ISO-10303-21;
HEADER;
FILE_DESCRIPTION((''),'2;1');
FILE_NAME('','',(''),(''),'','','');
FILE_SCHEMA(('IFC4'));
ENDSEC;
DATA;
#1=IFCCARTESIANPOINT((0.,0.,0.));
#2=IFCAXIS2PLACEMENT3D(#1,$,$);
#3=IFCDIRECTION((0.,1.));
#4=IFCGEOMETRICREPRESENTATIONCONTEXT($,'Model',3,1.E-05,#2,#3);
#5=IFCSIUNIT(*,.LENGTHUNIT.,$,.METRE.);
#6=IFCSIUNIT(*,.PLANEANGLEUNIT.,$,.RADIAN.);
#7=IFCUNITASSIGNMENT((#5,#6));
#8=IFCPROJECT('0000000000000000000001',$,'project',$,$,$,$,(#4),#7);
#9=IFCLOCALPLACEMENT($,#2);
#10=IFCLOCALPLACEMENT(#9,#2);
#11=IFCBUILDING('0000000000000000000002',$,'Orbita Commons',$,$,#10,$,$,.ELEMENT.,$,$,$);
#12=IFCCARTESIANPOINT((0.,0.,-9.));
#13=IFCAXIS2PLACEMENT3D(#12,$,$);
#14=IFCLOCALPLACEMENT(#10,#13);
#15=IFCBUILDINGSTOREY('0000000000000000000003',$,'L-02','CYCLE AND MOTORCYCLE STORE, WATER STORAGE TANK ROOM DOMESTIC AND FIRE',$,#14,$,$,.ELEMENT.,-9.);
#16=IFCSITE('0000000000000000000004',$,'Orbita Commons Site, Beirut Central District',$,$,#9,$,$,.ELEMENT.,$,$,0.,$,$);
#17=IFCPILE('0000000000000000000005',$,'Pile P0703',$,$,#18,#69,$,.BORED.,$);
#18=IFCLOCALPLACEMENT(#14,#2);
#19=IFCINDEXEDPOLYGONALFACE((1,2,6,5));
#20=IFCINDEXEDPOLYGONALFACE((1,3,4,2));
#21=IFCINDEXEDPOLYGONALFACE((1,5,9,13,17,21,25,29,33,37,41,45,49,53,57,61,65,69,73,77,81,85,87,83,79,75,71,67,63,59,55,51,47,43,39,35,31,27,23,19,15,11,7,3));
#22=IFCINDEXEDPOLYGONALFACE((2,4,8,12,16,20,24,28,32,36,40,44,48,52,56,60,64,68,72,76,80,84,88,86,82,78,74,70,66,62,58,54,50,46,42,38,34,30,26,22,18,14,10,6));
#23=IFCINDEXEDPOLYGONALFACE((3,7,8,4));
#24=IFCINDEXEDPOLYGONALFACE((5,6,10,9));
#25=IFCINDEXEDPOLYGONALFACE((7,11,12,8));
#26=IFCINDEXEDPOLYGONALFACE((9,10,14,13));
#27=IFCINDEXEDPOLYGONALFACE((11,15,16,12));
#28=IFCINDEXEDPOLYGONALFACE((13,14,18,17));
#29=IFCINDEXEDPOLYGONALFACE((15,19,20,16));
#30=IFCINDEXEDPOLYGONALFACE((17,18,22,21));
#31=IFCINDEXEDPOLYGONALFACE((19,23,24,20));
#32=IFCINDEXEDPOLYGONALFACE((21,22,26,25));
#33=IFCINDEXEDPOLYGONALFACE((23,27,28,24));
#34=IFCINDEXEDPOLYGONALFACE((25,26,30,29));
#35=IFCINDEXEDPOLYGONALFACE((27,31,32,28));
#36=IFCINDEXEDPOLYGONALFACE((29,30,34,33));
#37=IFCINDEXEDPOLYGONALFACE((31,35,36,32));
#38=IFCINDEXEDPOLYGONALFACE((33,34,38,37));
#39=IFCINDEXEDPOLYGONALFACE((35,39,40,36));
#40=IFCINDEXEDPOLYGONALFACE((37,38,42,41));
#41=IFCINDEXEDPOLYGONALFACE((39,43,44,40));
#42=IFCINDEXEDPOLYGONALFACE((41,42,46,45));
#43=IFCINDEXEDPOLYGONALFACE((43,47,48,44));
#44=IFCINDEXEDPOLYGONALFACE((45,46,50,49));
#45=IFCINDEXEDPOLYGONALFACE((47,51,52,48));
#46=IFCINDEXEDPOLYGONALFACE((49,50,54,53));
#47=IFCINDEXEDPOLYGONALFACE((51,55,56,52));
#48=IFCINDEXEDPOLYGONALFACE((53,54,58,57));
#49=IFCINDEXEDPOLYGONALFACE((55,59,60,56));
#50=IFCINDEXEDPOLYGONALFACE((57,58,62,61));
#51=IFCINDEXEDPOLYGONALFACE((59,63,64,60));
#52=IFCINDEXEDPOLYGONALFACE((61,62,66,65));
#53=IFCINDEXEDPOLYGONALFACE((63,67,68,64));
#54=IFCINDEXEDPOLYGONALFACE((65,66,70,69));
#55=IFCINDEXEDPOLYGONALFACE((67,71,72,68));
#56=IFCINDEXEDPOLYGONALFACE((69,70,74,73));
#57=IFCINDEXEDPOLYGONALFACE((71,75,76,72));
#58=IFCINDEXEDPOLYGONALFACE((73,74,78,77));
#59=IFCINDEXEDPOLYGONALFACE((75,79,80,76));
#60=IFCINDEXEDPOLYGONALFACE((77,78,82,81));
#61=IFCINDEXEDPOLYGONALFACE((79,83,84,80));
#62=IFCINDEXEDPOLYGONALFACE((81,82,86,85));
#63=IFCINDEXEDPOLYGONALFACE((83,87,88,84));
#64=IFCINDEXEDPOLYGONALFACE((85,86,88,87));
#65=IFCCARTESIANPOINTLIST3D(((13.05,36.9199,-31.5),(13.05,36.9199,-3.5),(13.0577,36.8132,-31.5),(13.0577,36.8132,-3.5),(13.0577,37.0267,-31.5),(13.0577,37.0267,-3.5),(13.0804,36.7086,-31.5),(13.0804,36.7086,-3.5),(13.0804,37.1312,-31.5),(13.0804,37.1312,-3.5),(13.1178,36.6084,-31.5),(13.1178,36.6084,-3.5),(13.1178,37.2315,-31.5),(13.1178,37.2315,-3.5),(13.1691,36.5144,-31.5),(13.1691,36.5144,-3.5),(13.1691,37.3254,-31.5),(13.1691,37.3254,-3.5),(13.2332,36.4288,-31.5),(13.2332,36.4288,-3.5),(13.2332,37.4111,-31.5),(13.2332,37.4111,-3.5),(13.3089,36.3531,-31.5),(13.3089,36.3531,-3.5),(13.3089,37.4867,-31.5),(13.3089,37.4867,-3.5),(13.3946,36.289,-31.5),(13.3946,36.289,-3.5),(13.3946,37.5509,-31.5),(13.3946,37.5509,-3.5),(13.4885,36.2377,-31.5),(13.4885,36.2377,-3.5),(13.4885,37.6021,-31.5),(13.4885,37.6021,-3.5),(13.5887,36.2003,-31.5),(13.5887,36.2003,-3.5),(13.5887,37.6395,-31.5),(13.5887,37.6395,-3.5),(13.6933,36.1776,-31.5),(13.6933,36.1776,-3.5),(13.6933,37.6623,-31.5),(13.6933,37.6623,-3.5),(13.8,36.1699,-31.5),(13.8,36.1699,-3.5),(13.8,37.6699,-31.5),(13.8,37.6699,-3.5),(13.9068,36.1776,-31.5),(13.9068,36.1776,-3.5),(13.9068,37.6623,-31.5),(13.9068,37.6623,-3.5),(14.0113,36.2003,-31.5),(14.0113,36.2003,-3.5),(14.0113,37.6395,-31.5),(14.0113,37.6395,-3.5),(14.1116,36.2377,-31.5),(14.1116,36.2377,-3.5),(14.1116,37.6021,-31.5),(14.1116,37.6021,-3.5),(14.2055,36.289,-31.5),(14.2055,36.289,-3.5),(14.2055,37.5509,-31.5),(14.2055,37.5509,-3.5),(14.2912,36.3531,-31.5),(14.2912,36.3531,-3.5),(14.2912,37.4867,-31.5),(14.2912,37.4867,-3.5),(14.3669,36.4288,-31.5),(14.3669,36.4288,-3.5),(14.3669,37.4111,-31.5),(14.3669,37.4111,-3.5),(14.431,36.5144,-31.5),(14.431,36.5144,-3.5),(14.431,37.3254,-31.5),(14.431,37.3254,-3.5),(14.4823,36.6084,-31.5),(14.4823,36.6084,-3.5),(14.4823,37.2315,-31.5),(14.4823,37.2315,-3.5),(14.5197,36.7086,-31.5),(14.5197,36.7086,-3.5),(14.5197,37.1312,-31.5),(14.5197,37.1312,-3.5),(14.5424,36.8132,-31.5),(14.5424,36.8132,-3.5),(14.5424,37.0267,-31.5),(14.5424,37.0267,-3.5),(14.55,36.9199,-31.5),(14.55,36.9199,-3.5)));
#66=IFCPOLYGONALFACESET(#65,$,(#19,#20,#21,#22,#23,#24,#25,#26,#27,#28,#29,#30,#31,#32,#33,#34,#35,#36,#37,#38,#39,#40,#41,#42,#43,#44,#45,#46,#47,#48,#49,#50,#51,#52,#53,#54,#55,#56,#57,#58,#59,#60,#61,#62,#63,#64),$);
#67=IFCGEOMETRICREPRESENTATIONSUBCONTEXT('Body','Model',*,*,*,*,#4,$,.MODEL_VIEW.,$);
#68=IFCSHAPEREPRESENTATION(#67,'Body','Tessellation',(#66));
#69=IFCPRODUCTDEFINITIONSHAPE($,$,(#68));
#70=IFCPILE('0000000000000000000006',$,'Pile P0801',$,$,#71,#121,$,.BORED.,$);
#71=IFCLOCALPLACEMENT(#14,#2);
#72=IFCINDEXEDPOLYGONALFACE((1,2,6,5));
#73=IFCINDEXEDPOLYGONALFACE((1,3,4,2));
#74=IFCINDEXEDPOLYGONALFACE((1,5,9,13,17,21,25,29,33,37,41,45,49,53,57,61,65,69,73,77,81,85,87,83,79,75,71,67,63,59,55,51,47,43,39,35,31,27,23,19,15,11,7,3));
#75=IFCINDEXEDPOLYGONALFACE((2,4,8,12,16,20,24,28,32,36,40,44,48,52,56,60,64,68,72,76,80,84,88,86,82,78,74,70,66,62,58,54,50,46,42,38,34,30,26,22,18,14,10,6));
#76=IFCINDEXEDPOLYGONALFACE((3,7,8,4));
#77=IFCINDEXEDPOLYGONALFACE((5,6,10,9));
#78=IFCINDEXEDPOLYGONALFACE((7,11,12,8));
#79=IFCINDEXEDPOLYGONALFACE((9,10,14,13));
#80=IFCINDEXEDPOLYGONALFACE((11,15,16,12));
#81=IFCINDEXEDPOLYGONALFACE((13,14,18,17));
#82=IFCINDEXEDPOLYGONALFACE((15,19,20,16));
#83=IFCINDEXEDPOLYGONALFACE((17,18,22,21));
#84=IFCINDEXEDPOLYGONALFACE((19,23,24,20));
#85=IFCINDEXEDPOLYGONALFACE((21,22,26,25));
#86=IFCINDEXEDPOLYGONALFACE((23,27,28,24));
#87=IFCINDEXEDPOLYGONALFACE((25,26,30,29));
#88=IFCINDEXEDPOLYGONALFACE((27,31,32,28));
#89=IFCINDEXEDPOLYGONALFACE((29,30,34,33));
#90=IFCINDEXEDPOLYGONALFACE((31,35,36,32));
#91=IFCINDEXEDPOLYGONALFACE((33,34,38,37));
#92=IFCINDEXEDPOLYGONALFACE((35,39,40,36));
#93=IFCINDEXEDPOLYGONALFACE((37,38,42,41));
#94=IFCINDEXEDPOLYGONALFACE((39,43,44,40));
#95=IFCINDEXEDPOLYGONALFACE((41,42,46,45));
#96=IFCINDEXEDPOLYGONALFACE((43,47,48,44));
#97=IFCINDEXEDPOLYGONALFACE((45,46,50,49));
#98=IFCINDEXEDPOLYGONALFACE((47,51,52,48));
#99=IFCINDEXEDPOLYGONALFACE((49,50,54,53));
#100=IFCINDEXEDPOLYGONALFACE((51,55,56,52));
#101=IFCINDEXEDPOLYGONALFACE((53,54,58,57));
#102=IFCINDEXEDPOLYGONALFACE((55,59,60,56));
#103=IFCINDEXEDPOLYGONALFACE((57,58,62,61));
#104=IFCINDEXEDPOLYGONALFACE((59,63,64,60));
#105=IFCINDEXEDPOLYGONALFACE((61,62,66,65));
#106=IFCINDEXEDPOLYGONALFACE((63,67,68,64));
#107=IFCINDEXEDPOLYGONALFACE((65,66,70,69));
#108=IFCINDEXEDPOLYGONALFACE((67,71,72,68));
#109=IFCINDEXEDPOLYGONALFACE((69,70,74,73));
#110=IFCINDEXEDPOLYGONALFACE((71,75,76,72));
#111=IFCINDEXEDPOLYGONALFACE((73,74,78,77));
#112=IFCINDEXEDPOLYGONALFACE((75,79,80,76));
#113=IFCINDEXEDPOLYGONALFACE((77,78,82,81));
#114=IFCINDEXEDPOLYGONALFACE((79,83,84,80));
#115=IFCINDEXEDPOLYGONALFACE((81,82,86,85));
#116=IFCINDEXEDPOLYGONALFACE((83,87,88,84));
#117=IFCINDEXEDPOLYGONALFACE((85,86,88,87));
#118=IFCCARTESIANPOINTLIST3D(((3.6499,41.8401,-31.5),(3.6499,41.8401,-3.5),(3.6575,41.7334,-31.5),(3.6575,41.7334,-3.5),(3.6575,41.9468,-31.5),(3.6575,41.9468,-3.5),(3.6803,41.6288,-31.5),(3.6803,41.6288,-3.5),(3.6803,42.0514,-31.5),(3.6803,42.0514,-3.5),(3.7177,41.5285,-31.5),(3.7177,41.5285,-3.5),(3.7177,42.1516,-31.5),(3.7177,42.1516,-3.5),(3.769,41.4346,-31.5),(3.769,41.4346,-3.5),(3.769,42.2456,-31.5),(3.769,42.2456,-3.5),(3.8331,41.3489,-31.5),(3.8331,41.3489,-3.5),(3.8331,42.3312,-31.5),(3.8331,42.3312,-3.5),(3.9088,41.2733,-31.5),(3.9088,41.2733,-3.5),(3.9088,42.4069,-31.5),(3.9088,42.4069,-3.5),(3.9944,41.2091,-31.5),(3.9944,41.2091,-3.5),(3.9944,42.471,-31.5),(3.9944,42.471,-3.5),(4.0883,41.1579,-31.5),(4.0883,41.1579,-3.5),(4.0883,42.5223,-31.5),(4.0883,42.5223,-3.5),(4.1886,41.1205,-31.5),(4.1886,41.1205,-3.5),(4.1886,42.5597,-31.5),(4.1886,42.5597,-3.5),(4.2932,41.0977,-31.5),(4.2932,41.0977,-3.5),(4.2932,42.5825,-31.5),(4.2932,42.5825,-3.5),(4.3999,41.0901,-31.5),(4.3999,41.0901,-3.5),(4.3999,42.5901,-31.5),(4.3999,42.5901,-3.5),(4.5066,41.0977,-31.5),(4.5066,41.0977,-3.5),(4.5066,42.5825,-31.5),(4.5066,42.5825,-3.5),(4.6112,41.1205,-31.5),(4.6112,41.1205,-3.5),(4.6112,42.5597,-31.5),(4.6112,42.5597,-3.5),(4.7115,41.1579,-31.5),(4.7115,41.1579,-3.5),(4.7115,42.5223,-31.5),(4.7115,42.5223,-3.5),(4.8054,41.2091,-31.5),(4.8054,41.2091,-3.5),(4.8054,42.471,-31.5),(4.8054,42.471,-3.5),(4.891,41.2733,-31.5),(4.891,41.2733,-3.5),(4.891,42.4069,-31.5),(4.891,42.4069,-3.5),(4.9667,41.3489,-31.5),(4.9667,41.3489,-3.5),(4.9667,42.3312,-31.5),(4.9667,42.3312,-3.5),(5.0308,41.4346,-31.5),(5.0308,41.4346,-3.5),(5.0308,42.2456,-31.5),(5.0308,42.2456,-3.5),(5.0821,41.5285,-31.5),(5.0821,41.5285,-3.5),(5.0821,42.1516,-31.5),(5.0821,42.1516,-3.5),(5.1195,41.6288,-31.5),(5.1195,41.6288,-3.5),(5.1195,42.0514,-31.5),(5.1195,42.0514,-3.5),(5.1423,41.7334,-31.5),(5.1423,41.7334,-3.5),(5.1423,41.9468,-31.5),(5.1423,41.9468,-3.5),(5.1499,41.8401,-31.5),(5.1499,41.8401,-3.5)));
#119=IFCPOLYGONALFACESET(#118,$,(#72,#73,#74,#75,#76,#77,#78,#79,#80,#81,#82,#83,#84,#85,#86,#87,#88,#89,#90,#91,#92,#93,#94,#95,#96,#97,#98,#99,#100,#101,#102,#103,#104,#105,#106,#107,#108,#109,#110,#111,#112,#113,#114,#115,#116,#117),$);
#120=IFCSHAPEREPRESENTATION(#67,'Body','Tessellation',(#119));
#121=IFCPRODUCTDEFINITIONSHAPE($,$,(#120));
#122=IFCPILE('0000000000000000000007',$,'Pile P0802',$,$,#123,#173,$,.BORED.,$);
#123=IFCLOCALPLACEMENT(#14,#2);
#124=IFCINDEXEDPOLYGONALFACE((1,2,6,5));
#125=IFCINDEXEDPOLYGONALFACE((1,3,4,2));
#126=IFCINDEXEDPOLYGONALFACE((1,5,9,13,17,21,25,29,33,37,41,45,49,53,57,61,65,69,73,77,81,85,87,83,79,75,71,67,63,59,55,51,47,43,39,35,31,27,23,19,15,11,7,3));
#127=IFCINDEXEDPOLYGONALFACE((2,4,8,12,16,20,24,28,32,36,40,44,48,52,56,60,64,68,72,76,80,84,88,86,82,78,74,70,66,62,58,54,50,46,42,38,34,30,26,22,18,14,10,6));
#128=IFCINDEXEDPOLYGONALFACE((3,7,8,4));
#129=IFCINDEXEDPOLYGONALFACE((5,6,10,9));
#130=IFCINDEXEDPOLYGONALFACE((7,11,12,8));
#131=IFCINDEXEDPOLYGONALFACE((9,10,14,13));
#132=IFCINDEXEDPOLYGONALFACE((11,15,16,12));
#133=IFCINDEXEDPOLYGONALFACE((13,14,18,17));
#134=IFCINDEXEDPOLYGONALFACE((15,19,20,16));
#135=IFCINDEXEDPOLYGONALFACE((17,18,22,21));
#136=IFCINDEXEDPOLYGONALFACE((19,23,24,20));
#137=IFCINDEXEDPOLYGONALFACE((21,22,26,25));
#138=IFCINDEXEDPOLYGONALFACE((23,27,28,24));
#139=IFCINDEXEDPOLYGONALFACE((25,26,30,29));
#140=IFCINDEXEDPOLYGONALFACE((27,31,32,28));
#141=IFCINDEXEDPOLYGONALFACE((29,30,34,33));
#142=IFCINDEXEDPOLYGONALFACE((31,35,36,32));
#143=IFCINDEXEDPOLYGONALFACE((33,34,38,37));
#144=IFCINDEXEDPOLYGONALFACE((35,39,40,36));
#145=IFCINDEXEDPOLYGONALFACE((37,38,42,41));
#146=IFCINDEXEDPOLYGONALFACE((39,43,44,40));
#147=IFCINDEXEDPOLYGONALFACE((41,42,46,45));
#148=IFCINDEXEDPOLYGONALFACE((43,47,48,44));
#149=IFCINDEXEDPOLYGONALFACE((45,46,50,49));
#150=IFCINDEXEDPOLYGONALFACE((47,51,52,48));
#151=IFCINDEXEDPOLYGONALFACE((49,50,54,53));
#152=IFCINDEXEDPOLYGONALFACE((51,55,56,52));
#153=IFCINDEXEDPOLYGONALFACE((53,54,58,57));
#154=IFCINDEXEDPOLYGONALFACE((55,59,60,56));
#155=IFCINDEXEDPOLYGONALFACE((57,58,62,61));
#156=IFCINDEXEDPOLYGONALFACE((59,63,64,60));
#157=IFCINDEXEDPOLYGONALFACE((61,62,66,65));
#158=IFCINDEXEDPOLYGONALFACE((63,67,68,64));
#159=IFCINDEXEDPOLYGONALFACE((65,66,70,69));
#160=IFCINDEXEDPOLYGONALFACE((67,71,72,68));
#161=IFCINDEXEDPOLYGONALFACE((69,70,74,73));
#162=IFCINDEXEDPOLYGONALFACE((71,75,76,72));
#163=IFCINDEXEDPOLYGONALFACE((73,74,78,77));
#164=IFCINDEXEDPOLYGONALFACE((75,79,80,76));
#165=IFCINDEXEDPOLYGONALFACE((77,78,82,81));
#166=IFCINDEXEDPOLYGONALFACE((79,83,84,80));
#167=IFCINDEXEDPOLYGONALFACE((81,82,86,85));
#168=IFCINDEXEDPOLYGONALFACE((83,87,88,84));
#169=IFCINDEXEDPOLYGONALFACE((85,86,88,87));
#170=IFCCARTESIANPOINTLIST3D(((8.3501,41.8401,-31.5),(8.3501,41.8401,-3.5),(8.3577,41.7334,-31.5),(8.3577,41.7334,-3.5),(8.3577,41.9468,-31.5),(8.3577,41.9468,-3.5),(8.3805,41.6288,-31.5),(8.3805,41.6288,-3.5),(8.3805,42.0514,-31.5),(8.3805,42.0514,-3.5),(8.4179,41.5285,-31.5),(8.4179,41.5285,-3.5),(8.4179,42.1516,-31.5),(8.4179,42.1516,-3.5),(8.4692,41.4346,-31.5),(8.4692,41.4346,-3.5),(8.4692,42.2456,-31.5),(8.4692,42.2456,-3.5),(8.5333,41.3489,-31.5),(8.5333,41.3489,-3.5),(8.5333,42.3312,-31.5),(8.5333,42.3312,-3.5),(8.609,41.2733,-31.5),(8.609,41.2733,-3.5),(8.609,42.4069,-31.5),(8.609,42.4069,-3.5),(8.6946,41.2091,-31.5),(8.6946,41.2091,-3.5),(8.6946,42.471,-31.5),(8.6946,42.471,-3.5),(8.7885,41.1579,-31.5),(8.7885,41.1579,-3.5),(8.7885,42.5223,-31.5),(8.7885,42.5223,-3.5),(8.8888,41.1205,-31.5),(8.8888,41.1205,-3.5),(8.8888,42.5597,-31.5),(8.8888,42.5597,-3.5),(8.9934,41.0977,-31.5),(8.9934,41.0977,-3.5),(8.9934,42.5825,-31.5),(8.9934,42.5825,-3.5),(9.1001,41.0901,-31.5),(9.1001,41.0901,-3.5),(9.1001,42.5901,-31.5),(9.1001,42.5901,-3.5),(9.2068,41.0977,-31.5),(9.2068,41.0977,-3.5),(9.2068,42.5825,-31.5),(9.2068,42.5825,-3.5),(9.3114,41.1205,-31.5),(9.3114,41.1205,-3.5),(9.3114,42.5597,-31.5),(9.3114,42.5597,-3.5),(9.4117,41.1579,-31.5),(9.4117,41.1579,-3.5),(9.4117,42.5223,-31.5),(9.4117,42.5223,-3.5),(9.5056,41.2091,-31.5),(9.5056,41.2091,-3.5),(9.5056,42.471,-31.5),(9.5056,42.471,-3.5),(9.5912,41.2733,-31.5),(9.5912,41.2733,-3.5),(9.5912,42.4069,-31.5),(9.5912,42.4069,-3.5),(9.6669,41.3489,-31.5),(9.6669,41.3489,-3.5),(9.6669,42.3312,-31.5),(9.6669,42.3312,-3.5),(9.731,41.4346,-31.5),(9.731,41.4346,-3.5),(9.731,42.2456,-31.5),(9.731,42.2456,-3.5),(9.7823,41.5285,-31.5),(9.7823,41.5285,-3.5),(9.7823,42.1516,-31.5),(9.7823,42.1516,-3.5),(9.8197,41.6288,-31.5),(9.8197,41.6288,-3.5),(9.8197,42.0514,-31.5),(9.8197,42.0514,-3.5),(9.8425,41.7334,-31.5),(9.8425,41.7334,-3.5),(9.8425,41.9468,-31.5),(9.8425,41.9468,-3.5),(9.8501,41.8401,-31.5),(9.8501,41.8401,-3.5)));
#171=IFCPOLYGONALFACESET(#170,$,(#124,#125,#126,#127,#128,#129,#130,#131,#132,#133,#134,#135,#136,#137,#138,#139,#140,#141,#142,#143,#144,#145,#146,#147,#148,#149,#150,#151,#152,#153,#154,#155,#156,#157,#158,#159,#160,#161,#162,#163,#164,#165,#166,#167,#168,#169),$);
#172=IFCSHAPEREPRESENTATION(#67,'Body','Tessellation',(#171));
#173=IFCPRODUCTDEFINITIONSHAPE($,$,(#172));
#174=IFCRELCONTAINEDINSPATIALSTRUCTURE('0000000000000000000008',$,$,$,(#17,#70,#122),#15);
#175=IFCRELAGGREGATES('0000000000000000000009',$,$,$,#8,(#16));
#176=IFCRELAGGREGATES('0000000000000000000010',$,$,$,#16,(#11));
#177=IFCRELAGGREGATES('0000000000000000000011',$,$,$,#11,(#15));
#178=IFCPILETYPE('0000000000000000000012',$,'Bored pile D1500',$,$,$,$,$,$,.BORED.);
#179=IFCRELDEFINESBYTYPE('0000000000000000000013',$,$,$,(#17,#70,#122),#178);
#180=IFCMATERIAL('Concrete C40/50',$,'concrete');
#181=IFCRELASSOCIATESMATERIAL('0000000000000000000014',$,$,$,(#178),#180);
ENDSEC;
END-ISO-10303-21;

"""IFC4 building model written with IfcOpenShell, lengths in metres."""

from ifc_helpers import new_model, si_unit, direction, frame, origin, origin_2d, place, context, subcontext, project, spatial, circle, extrude, material, material_profile, profile_set, type_object, element, save


model = new_model("IFC4")

# Units and contexts
model_context = context("Model", 3, precision=1e-05, world=origin(), true_north=direction((0.0, 1.0)))
body_context = subcontext(model_context, "Body", "Model", "MODEL_VIEW")
ifc_project = project(units=[si_unit("LENGTHUNIT", "METRE"), si_unit("PLANEANGLEUNIT", "RADIAN")], contexts=[model_context])

# Site, building, storey
site_placement = place(None, origin())
site = spatial("IfcSite", under=ifc_project, at=site_placement, Name="Orbita Commons Site, Beirut Central District", CompositionType="ELEMENT", RefElevation=0.0)
building_placement = place(site_placement, origin())
building = spatial("IfcBuilding", under=site, at=building_placement, Name="Orbita Commons", CompositionType="ELEMENT")
storey_placement = place(building_placement, frame((0.0, 0.0, -9.0)))
storey = spatial("IfcBuildingStorey", under=building, at=storey_placement, Name="L-02", Description="CYCLE AND MOTORCYCLE STORE, WATER STORAGE TANK ROOM DOMESTIC AND FIRE", CompositionType="ELEMENT", Elevation=-9.0)

# Piles
ifc_material_1 = material(Name="Concrete C40/50", Category="concrete")
ifc_material_profile_1 = material_profile(ifc_material_1, circle(Radius=0.75, at=origin_2d()), Name="RC D1500")
ifc_profile_set_1 = profile_set([ifc_material_profile_1], Name="Concrete C40/50")
pile_type = type_object("IfcPileType", Name="Bored pile D1500", PredefinedType="BORED", material=ifc_profile_set_1)
for number, where, z_axis, x_axis, name in (
    (1, (13.8, 36.9199, -3.5), (0.0, 0.0, -1.0), (1.0, 0.0, 0.0), "Pile P0703"),
    (2, (4.3999, 41.8401, -3.5), (0.0, 0.0, -1.0), (1.0, 0.0, 0.0), "Pile P0801"),
    (3, (9.1001, 41.8401, -3.5), (0.0, 0.0, -1.0), (1.0, 0.0, 0.0), "Pile P0802"),
):
    element("IfcPile", number, at=place(storey_placement, frame(where, z_axis=z_axis, x_axis=x_axis)), inside=storey, type_object=pile_type, Name=name, PredefinedType="BORED", context=body_context, shape_type="SweptSolid", body=[
        extrude(circle(Radius=0.75, at=origin_2d()), origin(), (0.0, 0.0, 1.0), 28.0),
    ])

save(model, "model.ifc")
